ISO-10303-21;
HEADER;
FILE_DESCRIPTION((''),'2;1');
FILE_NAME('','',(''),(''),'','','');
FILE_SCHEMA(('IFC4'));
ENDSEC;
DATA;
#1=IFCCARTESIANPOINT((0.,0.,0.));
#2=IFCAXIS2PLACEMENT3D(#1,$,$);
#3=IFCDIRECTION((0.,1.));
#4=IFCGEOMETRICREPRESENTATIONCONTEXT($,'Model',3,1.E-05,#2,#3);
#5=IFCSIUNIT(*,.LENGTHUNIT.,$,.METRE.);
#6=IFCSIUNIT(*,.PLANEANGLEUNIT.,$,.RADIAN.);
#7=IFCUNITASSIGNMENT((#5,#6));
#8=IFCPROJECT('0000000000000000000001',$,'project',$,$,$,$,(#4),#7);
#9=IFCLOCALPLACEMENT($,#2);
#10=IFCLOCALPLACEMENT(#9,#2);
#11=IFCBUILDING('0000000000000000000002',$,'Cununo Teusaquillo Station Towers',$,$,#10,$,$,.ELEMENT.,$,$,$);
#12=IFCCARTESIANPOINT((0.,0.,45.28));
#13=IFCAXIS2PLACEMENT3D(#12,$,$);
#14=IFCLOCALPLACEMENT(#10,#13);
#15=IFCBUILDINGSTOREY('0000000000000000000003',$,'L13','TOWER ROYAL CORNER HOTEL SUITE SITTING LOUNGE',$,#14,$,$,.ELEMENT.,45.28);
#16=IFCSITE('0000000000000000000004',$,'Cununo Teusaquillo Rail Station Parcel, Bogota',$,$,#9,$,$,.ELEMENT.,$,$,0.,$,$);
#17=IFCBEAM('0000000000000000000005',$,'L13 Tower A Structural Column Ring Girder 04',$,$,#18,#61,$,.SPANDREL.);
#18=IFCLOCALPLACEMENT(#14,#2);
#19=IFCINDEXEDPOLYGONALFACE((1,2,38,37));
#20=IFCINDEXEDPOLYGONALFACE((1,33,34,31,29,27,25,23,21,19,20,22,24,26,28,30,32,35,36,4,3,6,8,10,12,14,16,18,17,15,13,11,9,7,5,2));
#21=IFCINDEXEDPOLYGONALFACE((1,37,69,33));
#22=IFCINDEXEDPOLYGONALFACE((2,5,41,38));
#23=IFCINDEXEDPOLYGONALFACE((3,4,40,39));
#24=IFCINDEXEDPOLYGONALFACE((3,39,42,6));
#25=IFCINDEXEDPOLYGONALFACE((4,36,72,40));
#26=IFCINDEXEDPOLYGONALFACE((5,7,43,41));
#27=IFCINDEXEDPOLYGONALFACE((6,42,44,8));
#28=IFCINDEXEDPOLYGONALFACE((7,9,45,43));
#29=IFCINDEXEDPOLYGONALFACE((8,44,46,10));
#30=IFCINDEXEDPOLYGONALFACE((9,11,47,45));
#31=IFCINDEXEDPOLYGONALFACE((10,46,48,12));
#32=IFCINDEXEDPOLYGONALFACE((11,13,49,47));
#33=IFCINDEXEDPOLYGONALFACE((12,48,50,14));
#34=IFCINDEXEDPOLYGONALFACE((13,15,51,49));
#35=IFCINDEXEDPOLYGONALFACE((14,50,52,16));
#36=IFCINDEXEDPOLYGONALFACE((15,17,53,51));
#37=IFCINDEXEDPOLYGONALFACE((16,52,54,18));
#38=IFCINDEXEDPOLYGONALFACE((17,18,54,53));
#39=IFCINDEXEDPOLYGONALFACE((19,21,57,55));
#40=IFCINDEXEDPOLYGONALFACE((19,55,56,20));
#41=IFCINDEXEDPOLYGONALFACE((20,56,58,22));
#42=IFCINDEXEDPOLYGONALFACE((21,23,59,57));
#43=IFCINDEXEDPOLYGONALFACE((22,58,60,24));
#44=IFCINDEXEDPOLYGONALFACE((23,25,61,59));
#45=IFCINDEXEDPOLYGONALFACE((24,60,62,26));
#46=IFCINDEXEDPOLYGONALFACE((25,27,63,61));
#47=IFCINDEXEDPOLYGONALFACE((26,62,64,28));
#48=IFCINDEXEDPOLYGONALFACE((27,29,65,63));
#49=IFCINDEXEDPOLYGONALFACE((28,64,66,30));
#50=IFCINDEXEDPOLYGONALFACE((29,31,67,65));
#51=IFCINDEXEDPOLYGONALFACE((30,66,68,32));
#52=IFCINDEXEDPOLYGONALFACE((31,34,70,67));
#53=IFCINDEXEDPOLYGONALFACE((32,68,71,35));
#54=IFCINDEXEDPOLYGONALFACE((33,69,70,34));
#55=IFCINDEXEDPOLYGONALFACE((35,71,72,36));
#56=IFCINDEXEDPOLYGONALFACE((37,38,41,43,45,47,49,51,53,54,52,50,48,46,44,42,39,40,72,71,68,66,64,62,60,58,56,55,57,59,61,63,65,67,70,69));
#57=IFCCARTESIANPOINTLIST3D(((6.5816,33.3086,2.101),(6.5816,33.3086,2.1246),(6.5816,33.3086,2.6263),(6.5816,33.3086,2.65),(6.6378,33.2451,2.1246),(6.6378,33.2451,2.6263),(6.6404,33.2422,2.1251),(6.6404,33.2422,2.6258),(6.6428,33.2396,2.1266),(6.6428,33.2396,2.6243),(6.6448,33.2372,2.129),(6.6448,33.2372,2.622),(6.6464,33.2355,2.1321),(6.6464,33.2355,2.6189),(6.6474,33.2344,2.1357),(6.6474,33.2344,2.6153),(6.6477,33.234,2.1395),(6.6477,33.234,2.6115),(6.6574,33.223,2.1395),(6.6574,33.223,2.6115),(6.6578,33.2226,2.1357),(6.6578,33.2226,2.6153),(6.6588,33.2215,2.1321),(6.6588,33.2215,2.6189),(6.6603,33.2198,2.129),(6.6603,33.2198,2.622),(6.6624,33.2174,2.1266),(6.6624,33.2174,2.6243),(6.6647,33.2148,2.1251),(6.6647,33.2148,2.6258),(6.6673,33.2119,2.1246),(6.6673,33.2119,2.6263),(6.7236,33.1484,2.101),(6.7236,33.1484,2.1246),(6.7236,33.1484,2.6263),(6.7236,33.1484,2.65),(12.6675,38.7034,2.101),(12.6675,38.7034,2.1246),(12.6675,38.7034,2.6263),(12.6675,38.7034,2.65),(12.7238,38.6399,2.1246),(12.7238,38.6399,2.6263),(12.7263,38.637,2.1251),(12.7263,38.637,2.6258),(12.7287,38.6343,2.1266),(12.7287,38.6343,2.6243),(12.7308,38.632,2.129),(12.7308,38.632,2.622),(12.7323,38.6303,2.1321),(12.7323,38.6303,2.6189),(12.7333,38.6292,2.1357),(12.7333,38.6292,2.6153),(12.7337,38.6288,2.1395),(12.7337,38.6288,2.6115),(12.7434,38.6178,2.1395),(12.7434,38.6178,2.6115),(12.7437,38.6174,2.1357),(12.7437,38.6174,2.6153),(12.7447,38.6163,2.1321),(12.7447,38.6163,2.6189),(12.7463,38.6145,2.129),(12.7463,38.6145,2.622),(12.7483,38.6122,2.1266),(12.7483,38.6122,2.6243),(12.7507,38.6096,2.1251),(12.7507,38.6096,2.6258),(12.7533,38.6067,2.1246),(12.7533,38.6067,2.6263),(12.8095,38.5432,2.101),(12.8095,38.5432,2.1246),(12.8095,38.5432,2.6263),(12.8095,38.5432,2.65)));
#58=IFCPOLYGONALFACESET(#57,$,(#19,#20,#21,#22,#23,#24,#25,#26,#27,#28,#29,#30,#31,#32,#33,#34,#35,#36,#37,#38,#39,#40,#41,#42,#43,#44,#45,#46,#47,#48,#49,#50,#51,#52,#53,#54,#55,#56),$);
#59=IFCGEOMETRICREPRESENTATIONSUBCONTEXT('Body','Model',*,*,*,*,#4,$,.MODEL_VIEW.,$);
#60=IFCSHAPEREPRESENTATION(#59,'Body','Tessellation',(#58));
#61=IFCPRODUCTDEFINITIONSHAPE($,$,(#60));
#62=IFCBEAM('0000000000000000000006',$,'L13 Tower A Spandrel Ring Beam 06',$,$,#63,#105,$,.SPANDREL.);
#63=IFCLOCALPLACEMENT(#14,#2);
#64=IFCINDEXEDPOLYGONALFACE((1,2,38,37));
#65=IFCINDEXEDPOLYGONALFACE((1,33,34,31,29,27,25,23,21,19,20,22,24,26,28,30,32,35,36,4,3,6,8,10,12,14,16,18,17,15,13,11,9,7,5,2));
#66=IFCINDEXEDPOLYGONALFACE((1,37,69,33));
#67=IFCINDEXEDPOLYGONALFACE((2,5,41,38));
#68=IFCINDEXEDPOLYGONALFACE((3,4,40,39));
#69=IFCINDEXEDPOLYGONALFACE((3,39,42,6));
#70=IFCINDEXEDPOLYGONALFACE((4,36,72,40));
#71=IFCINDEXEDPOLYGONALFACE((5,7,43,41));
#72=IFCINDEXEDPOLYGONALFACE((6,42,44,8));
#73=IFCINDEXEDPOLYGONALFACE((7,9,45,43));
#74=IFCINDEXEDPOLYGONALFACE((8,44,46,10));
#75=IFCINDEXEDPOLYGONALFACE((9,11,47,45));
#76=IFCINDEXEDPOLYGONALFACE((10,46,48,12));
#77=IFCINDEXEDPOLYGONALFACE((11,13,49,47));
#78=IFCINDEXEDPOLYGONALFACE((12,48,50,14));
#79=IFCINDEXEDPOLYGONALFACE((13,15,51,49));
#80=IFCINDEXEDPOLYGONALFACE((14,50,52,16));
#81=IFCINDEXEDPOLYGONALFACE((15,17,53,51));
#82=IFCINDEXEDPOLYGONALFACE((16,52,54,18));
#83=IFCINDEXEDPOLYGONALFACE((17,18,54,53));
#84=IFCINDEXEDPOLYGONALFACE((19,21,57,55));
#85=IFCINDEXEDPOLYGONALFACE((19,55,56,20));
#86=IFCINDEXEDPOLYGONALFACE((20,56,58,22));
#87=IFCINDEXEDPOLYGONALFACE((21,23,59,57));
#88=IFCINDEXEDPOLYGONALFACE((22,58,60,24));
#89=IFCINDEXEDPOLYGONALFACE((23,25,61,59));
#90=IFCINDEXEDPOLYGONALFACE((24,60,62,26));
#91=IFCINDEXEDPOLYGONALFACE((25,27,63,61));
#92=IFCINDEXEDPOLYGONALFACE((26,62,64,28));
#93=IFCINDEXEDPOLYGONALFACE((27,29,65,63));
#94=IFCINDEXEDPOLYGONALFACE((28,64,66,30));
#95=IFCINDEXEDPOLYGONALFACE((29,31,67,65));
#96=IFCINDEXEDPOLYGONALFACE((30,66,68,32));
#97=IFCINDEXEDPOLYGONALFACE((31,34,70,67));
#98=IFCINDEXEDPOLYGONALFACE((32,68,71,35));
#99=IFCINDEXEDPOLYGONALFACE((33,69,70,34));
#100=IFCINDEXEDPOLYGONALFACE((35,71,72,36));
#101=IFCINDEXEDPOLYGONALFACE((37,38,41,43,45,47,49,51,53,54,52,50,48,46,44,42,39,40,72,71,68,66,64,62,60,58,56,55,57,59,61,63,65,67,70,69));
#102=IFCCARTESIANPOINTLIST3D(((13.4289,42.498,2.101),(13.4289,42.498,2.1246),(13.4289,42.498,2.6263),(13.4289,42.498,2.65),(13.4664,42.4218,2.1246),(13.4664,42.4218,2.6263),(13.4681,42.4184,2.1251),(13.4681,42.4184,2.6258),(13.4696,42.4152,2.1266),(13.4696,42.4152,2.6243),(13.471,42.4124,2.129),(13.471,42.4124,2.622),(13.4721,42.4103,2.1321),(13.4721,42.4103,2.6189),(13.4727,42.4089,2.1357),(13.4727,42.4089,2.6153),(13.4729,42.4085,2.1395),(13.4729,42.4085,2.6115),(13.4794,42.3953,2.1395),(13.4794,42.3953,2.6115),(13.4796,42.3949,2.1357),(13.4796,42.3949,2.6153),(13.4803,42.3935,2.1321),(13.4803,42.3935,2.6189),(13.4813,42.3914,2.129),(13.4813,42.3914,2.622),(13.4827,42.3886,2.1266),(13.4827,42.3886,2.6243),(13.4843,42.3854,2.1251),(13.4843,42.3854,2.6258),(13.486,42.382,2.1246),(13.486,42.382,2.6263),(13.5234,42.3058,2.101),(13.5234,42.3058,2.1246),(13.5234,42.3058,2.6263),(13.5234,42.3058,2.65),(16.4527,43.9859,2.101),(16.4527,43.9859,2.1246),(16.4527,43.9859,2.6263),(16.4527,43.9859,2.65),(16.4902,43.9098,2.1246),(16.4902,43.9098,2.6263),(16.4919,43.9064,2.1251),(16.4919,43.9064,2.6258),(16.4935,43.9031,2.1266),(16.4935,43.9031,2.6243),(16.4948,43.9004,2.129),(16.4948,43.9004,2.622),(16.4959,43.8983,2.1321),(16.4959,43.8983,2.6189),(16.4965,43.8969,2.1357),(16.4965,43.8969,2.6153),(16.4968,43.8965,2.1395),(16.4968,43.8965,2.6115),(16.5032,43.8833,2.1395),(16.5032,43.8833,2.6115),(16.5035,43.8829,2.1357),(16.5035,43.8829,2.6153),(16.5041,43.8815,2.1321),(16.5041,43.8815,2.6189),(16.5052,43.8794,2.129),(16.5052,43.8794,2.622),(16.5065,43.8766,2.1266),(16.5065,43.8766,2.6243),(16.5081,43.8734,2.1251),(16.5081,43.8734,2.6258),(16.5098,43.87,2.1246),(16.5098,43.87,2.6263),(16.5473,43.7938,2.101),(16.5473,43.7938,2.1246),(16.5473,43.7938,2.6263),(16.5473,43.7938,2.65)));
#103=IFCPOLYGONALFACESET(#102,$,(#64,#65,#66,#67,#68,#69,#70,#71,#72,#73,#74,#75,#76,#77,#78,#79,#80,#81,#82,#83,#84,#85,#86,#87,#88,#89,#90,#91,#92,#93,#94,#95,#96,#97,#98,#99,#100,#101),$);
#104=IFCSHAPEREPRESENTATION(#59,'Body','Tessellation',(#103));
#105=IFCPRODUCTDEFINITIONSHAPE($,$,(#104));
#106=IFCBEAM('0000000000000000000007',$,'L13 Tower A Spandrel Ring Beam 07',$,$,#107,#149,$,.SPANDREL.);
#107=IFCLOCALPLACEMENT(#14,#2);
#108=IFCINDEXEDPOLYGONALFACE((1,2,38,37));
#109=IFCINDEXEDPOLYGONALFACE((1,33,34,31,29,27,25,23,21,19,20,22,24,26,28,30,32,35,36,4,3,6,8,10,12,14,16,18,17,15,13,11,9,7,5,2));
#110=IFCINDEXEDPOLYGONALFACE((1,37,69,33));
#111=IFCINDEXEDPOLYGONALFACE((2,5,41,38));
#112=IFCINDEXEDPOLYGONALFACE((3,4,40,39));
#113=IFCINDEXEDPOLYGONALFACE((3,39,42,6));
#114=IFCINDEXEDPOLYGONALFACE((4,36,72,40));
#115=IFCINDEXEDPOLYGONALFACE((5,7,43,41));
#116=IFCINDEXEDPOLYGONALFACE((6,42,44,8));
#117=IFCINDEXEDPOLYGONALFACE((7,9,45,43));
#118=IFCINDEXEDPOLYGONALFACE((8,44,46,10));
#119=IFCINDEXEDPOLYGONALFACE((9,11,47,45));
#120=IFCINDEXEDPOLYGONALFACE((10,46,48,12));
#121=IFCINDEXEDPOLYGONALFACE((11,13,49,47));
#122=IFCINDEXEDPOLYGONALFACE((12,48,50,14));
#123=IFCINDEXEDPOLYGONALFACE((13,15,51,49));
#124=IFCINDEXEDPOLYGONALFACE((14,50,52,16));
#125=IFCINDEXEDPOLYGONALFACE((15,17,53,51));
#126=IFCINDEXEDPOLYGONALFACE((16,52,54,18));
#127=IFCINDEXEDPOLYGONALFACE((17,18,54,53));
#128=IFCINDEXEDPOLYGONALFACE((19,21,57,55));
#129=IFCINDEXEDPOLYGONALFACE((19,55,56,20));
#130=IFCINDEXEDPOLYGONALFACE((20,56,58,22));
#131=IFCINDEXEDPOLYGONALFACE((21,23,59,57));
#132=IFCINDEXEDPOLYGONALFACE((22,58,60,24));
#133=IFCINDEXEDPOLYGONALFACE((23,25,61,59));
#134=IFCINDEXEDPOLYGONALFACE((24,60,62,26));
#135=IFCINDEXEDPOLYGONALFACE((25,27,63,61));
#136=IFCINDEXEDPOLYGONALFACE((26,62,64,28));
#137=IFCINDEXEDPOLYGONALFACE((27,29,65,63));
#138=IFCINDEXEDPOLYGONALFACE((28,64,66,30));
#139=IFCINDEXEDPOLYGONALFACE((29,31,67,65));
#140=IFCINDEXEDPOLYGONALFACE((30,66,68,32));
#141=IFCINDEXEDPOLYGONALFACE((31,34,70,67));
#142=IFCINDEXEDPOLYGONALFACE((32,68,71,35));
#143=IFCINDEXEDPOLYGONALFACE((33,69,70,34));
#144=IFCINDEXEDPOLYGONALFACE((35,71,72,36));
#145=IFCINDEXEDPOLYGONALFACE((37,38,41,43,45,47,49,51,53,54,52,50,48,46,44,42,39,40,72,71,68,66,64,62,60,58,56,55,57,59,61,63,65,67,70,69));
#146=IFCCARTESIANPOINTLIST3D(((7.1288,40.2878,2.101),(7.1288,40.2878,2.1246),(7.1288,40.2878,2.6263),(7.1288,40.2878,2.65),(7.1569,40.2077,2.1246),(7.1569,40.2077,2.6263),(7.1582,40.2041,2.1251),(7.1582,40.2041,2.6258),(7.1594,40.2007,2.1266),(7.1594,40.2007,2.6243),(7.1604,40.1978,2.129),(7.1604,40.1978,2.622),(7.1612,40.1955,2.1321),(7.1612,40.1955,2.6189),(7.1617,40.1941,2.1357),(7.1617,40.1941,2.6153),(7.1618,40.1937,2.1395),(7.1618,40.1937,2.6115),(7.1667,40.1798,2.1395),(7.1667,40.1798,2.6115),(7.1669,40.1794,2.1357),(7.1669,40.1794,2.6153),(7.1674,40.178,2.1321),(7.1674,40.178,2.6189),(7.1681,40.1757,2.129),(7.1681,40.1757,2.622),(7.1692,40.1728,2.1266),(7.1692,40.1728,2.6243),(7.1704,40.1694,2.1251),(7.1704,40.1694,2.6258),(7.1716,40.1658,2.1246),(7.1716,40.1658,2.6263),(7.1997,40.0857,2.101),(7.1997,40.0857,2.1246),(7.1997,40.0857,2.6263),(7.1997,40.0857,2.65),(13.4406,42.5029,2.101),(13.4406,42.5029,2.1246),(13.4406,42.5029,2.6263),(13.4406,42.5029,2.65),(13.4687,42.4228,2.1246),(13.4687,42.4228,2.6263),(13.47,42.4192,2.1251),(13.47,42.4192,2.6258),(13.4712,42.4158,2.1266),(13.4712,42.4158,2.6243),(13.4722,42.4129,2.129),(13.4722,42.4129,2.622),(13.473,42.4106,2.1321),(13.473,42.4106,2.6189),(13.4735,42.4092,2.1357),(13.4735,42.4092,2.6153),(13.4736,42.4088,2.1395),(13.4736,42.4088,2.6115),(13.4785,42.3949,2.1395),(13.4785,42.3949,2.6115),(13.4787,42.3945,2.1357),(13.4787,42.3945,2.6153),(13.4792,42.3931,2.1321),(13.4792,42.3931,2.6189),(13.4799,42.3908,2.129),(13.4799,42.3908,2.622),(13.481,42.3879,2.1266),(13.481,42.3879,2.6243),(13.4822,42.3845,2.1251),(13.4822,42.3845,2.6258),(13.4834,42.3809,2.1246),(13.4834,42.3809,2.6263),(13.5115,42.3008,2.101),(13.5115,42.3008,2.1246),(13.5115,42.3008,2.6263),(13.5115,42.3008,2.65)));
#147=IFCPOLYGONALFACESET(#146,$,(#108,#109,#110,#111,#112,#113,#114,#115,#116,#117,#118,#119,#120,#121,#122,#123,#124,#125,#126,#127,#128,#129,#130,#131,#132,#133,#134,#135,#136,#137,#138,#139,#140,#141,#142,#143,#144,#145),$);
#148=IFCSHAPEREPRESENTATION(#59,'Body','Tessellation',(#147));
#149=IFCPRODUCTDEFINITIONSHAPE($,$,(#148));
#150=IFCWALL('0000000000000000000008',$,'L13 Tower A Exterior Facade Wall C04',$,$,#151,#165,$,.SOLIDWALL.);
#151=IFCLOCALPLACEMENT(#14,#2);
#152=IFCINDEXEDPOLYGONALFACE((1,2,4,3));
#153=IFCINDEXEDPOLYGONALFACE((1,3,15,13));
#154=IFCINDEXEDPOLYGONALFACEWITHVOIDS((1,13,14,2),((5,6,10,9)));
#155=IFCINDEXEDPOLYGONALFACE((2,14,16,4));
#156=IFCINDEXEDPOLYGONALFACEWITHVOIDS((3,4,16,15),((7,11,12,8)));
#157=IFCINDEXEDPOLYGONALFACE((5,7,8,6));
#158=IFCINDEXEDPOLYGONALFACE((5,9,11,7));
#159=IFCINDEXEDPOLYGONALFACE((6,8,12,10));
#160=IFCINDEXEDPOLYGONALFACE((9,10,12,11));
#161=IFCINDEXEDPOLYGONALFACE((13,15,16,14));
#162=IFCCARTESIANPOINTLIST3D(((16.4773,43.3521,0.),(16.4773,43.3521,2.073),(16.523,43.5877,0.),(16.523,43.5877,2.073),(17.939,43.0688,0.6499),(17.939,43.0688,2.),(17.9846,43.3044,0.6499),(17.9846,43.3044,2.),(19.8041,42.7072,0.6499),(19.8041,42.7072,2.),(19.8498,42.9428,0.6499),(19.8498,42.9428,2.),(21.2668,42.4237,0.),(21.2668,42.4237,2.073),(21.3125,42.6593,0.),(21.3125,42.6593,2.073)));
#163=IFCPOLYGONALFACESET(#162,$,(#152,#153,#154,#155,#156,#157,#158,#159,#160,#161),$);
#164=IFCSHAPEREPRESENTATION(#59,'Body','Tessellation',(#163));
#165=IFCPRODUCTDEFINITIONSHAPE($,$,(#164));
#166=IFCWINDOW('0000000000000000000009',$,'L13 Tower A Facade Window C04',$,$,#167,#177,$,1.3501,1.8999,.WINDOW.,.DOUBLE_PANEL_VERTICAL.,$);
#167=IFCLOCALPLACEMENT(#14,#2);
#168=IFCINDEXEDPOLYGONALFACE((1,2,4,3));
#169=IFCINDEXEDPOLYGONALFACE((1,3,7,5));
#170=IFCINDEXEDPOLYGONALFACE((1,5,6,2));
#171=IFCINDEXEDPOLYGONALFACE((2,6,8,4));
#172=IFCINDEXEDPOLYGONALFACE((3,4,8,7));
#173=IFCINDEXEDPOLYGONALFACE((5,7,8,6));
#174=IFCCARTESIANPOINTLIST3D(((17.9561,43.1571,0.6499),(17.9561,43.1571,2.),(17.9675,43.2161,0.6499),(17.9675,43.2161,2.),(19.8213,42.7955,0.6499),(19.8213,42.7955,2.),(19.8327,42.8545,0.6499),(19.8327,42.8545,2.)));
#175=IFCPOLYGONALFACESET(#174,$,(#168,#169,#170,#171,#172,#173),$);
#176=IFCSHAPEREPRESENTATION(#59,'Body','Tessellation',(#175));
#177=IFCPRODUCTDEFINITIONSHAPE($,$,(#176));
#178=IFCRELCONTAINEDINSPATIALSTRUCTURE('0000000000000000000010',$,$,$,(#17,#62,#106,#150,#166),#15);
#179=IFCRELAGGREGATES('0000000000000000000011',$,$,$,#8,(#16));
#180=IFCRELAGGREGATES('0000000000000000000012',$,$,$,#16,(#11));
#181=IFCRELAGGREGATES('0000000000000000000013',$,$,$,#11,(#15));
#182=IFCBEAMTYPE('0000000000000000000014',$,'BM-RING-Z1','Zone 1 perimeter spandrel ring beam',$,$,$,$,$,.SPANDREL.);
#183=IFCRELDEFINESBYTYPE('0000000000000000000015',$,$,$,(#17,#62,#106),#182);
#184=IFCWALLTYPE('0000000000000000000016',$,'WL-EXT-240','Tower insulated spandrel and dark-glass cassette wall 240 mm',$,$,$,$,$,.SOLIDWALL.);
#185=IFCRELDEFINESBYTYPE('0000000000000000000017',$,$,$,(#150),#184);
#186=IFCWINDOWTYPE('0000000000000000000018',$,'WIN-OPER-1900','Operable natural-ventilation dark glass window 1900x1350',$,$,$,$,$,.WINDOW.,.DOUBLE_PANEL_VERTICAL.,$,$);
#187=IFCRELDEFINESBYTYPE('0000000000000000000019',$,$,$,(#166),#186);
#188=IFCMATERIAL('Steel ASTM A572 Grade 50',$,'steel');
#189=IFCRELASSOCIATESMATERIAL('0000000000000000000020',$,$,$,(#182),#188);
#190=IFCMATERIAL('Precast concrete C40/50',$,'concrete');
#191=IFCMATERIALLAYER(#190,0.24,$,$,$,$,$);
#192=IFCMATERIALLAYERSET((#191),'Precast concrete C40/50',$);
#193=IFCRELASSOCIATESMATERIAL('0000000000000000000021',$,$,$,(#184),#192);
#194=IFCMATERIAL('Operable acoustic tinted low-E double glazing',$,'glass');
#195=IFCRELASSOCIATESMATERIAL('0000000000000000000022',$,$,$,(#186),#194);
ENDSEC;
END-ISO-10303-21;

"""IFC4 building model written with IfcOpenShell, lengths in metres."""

from ifc_helpers import new_model, si_unit, direction, frame, frame_2d, origin, origin_2d, place, context, subcontext, project, spatial, rectangle, i_section, extrude, source, transform, mapped, material, layer, layer_set, material_profile, profile_set, type_object, element, fill, save


model = new_model("IFC4")

# Units and contexts
model_context = context("Model", 3, precision=1e-05, world=origin(), true_north=direction((0.0, 1.0)))
body_context = subcontext(model_context, "Body", "Model", "MODEL_VIEW")
ifc_project = project(units=[si_unit("LENGTHUNIT", "METRE"), si_unit("PLANEANGLEUNIT", "RADIAN")], contexts=[model_context])

# Site, building, storey
site_placement = place(None, origin())
site = spatial("IfcSite", under=ifc_project, at=site_placement, Name="Cununo Teusaquillo Rail Station Parcel, Bogota", CompositionType="ELEMENT", RefElevation=0.0)
building_placement = place(site_placement, origin())
building = spatial("IfcBuilding", under=site, at=building_placement, Name="Cununo Teusaquillo Station Towers", CompositionType="ELEMENT")
storey_placement = place(building_placement, frame((0.0, 0.0, 45.28)))
storey = spatial("IfcBuildingStorey", under=building, at=storey_placement, Name="L13", Description="TOWER ROYAL CORNER HOTEL SUITE SITTING LOUNGE", CompositionType="ELEMENT", Elevation=45.28)

# Beams
ifc_material_1 = material(Name="Steel ASTM A572 Grade 50", Category="steel")
ifc_material_profile_1 = material_profile(ifc_material_1, i_section(OverallWidth=0.2141, OverallDepth=0.5491, WebThickness=0.0146, FlangeThickness=0.0237, FilletRadius=0.0149, at=origin_2d()), Name="W21X93")
ifc_profile_set_1 = profile_set([ifc_material_profile_1], Name="Steel ASTM A572 Grade 50")
beam_type_1 = type_object("IfcBeamType", Name="BM-RING-Z1", Description="Zone 1 perimeter spandrel ring beam", PredefinedType="SPANDREL", material=ifc_profile_set_1)
beam_1_placement = place(storey_placement, frame((12.7385, 38.6233, 2.3755), z_axis=(-0.748321, -0.663337, 0.0), x_axis=(0.663337, -0.748321, 0.0)))
element("IfcBeam", 1, at=beam_1_placement, inside=storey, type_object=beam_type_1, Name="L13 Tower A Structural Column Ring Girder 04", PredefinedType="SPANDREL", context=body_context, shape_type="SweptSolid", body=[
    extrude(i_section(OverallWidth=0.2141, OverallDepth=0.5491, WebThickness=0.0146, FlangeThickness=0.0237, FilletRadius=0.0149, at=origin_2d()), origin(), (0.0, 0.0, 1.0), 8.1328),
])
beam_2_placement = place(storey_placement, frame((16.5, 43.8899, 2.3755), z_axis=(-0.897249, -0.441525, 0.0), x_axis=(0.441525, -0.897249, 0.0)))
element("IfcBeam", 2, at=beam_2_placement, inside=storey, type_object=beam_type_1, Name="L13 Tower A Spandrel Ring Beam 06", PredefinedType="SPANDREL", context=body_context, shape_type="SweptSolid", body=[
    extrude(i_section(OverallWidth=0.2141, OverallDepth=0.5491, WebThickness=0.0146, FlangeThickness=0.0237, FilletRadius=0.0149, at=origin_2d()), origin(), (0.0, 0.0, 1.0), 3.3701),
])
beam_3_placement = place(storey_placement, frame((13.4761, 42.4019, 2.3755), z_axis=(-0.94358, -0.331145, 0.0), x_axis=(0.331145, -0.94358, 0.0)))
element("IfcBeam", 3, at=beam_3_placement, inside=storey, type_object=beam_type_1, Name="L13 Tower A Spandrel Ring Beam 07", PredefinedType="SPANDREL", context=body_context, shape_type="SweptSolid", body=[
    extrude(i_section(OverallWidth=0.2141, OverallDepth=0.5491, WebThickness=0.0146, FlangeThickness=0.0237, FilletRadius=0.0149, at=origin_2d()), origin(), (0.0, 0.0, 1.0), 6.6892),
])

# Wall, opening, window
ifc_material_2 = material(Name="Precast concrete C40/50", Category="concrete")
ifc_layer_1 = layer(ifc_material_2, 0.24)
ifc_layer_set_1 = layer_set([ifc_layer_1], Name="Precast concrete C40/50")
wall_type_1 = type_object("IfcWallType", Name="WL-EXT-240", Description="Tower insulated spandrel and dark-glass cassette wall 240 mm", PredefinedType="SOLIDWALL", material=ifc_layer_set_1)
wall_1_placement = place(storey_placement, frame((16.5, 43.47, 0.0), z_axis=(0.0, 0.0, 1.0), x_axis=(0.981724, -0.19031, 0.0)))
wall_1 = element("IfcWall", 4, at=wall_1_placement, inside=storey, type_object=wall_type_1, Name="L13 Tower A Exterior Facade Wall C04", PredefinedType="SOLIDWALL", context=body_context, shape_type="SweptSolid", body=[
    extrude(rectangle(XDim=4.8787, YDim=0.24, at=frame_2d((2.4395, 0.0))), origin(), (0.0, 0.0, 1.0), 2.073),
])
shared_shape_1 = source(origin(), body_context, "Body", "SweptSolid", [
    extrude(rectangle(XDim=1.8999, YDim=1.3501, at=frame_2d((0.95, 0.675))), frame((0.0, 0.1299, 0.0), z_axis=(0.0, -1.0, 0.0), x_axis=(1.0, 0.0, 0.0)), (0.0, 0.0, 1.0), 0.26),
])
opening_1_placement = place(wall_1_placement, frame((1.489, 0.0, 0.6499)))
opening_1 = element("IfcOpeningElement", 5, at=opening_1_placement, cuts=wall_1, PredefinedType="OPENING", context=body_context, shape_type="MappedRepresentation", body=[
    mapped(shared_shape_1, transform((0.0, 0.0, 0.0), x_axis=(1.0, 0.0, 0.0), y_axis=(0.0, 1.0, 0.0), z_axis=(0.0, 0.0, 1.0), scale=1.0)),
])
ifc_material_3 = material(Name="Operable acoustic tinted low-E double glazing", Category="glass")
window_type_1 = type_object("IfcWindowType", Name="WIN-OPER-1900", Description="Operable natural-ventilation dark glass window 1900x1350", PartitioningType="DOUBLE_PANEL_VERTICAL", PredefinedType="WINDOW", material=ifc_material_3)
shared_shape_2 = source(origin(), body_context, "Body", "SweptSolid", [
    extrude(rectangle(XDim=1.8999, YDim=1.3501, at=frame_2d((0.95, 0.675))), frame((0.0, 0.03, 0.0), z_axis=(0.0, -1.0, 0.0), x_axis=(1.0, 0.0, 0.0)), (0.0, 0.0, 1.0), 0.0601),
])
window_1_placement = place(opening_1_placement, origin())
window_1 = element("IfcWindow", 6, at=window_1_placement, inside=storey, type_object=window_type_1, Name="L13 Tower A Facade Window C04", OverallHeight=1.3501, OverallWidth=1.8999, PartitioningType="DOUBLE_PANEL_VERTICAL", PredefinedType="WINDOW", context=body_context, shape_type="MappedRepresentation", body=[
    mapped(shared_shape_2, transform((0.0, 0.0, 0.0), x_axis=(1.0, 0.0, 0.0), y_axis=(0.0, 1.0, 0.0), z_axis=(0.0, 0.0, 1.0), scale=1.0)),
])
fill(opening_1, window_1)

save(model, "model.ifc")
